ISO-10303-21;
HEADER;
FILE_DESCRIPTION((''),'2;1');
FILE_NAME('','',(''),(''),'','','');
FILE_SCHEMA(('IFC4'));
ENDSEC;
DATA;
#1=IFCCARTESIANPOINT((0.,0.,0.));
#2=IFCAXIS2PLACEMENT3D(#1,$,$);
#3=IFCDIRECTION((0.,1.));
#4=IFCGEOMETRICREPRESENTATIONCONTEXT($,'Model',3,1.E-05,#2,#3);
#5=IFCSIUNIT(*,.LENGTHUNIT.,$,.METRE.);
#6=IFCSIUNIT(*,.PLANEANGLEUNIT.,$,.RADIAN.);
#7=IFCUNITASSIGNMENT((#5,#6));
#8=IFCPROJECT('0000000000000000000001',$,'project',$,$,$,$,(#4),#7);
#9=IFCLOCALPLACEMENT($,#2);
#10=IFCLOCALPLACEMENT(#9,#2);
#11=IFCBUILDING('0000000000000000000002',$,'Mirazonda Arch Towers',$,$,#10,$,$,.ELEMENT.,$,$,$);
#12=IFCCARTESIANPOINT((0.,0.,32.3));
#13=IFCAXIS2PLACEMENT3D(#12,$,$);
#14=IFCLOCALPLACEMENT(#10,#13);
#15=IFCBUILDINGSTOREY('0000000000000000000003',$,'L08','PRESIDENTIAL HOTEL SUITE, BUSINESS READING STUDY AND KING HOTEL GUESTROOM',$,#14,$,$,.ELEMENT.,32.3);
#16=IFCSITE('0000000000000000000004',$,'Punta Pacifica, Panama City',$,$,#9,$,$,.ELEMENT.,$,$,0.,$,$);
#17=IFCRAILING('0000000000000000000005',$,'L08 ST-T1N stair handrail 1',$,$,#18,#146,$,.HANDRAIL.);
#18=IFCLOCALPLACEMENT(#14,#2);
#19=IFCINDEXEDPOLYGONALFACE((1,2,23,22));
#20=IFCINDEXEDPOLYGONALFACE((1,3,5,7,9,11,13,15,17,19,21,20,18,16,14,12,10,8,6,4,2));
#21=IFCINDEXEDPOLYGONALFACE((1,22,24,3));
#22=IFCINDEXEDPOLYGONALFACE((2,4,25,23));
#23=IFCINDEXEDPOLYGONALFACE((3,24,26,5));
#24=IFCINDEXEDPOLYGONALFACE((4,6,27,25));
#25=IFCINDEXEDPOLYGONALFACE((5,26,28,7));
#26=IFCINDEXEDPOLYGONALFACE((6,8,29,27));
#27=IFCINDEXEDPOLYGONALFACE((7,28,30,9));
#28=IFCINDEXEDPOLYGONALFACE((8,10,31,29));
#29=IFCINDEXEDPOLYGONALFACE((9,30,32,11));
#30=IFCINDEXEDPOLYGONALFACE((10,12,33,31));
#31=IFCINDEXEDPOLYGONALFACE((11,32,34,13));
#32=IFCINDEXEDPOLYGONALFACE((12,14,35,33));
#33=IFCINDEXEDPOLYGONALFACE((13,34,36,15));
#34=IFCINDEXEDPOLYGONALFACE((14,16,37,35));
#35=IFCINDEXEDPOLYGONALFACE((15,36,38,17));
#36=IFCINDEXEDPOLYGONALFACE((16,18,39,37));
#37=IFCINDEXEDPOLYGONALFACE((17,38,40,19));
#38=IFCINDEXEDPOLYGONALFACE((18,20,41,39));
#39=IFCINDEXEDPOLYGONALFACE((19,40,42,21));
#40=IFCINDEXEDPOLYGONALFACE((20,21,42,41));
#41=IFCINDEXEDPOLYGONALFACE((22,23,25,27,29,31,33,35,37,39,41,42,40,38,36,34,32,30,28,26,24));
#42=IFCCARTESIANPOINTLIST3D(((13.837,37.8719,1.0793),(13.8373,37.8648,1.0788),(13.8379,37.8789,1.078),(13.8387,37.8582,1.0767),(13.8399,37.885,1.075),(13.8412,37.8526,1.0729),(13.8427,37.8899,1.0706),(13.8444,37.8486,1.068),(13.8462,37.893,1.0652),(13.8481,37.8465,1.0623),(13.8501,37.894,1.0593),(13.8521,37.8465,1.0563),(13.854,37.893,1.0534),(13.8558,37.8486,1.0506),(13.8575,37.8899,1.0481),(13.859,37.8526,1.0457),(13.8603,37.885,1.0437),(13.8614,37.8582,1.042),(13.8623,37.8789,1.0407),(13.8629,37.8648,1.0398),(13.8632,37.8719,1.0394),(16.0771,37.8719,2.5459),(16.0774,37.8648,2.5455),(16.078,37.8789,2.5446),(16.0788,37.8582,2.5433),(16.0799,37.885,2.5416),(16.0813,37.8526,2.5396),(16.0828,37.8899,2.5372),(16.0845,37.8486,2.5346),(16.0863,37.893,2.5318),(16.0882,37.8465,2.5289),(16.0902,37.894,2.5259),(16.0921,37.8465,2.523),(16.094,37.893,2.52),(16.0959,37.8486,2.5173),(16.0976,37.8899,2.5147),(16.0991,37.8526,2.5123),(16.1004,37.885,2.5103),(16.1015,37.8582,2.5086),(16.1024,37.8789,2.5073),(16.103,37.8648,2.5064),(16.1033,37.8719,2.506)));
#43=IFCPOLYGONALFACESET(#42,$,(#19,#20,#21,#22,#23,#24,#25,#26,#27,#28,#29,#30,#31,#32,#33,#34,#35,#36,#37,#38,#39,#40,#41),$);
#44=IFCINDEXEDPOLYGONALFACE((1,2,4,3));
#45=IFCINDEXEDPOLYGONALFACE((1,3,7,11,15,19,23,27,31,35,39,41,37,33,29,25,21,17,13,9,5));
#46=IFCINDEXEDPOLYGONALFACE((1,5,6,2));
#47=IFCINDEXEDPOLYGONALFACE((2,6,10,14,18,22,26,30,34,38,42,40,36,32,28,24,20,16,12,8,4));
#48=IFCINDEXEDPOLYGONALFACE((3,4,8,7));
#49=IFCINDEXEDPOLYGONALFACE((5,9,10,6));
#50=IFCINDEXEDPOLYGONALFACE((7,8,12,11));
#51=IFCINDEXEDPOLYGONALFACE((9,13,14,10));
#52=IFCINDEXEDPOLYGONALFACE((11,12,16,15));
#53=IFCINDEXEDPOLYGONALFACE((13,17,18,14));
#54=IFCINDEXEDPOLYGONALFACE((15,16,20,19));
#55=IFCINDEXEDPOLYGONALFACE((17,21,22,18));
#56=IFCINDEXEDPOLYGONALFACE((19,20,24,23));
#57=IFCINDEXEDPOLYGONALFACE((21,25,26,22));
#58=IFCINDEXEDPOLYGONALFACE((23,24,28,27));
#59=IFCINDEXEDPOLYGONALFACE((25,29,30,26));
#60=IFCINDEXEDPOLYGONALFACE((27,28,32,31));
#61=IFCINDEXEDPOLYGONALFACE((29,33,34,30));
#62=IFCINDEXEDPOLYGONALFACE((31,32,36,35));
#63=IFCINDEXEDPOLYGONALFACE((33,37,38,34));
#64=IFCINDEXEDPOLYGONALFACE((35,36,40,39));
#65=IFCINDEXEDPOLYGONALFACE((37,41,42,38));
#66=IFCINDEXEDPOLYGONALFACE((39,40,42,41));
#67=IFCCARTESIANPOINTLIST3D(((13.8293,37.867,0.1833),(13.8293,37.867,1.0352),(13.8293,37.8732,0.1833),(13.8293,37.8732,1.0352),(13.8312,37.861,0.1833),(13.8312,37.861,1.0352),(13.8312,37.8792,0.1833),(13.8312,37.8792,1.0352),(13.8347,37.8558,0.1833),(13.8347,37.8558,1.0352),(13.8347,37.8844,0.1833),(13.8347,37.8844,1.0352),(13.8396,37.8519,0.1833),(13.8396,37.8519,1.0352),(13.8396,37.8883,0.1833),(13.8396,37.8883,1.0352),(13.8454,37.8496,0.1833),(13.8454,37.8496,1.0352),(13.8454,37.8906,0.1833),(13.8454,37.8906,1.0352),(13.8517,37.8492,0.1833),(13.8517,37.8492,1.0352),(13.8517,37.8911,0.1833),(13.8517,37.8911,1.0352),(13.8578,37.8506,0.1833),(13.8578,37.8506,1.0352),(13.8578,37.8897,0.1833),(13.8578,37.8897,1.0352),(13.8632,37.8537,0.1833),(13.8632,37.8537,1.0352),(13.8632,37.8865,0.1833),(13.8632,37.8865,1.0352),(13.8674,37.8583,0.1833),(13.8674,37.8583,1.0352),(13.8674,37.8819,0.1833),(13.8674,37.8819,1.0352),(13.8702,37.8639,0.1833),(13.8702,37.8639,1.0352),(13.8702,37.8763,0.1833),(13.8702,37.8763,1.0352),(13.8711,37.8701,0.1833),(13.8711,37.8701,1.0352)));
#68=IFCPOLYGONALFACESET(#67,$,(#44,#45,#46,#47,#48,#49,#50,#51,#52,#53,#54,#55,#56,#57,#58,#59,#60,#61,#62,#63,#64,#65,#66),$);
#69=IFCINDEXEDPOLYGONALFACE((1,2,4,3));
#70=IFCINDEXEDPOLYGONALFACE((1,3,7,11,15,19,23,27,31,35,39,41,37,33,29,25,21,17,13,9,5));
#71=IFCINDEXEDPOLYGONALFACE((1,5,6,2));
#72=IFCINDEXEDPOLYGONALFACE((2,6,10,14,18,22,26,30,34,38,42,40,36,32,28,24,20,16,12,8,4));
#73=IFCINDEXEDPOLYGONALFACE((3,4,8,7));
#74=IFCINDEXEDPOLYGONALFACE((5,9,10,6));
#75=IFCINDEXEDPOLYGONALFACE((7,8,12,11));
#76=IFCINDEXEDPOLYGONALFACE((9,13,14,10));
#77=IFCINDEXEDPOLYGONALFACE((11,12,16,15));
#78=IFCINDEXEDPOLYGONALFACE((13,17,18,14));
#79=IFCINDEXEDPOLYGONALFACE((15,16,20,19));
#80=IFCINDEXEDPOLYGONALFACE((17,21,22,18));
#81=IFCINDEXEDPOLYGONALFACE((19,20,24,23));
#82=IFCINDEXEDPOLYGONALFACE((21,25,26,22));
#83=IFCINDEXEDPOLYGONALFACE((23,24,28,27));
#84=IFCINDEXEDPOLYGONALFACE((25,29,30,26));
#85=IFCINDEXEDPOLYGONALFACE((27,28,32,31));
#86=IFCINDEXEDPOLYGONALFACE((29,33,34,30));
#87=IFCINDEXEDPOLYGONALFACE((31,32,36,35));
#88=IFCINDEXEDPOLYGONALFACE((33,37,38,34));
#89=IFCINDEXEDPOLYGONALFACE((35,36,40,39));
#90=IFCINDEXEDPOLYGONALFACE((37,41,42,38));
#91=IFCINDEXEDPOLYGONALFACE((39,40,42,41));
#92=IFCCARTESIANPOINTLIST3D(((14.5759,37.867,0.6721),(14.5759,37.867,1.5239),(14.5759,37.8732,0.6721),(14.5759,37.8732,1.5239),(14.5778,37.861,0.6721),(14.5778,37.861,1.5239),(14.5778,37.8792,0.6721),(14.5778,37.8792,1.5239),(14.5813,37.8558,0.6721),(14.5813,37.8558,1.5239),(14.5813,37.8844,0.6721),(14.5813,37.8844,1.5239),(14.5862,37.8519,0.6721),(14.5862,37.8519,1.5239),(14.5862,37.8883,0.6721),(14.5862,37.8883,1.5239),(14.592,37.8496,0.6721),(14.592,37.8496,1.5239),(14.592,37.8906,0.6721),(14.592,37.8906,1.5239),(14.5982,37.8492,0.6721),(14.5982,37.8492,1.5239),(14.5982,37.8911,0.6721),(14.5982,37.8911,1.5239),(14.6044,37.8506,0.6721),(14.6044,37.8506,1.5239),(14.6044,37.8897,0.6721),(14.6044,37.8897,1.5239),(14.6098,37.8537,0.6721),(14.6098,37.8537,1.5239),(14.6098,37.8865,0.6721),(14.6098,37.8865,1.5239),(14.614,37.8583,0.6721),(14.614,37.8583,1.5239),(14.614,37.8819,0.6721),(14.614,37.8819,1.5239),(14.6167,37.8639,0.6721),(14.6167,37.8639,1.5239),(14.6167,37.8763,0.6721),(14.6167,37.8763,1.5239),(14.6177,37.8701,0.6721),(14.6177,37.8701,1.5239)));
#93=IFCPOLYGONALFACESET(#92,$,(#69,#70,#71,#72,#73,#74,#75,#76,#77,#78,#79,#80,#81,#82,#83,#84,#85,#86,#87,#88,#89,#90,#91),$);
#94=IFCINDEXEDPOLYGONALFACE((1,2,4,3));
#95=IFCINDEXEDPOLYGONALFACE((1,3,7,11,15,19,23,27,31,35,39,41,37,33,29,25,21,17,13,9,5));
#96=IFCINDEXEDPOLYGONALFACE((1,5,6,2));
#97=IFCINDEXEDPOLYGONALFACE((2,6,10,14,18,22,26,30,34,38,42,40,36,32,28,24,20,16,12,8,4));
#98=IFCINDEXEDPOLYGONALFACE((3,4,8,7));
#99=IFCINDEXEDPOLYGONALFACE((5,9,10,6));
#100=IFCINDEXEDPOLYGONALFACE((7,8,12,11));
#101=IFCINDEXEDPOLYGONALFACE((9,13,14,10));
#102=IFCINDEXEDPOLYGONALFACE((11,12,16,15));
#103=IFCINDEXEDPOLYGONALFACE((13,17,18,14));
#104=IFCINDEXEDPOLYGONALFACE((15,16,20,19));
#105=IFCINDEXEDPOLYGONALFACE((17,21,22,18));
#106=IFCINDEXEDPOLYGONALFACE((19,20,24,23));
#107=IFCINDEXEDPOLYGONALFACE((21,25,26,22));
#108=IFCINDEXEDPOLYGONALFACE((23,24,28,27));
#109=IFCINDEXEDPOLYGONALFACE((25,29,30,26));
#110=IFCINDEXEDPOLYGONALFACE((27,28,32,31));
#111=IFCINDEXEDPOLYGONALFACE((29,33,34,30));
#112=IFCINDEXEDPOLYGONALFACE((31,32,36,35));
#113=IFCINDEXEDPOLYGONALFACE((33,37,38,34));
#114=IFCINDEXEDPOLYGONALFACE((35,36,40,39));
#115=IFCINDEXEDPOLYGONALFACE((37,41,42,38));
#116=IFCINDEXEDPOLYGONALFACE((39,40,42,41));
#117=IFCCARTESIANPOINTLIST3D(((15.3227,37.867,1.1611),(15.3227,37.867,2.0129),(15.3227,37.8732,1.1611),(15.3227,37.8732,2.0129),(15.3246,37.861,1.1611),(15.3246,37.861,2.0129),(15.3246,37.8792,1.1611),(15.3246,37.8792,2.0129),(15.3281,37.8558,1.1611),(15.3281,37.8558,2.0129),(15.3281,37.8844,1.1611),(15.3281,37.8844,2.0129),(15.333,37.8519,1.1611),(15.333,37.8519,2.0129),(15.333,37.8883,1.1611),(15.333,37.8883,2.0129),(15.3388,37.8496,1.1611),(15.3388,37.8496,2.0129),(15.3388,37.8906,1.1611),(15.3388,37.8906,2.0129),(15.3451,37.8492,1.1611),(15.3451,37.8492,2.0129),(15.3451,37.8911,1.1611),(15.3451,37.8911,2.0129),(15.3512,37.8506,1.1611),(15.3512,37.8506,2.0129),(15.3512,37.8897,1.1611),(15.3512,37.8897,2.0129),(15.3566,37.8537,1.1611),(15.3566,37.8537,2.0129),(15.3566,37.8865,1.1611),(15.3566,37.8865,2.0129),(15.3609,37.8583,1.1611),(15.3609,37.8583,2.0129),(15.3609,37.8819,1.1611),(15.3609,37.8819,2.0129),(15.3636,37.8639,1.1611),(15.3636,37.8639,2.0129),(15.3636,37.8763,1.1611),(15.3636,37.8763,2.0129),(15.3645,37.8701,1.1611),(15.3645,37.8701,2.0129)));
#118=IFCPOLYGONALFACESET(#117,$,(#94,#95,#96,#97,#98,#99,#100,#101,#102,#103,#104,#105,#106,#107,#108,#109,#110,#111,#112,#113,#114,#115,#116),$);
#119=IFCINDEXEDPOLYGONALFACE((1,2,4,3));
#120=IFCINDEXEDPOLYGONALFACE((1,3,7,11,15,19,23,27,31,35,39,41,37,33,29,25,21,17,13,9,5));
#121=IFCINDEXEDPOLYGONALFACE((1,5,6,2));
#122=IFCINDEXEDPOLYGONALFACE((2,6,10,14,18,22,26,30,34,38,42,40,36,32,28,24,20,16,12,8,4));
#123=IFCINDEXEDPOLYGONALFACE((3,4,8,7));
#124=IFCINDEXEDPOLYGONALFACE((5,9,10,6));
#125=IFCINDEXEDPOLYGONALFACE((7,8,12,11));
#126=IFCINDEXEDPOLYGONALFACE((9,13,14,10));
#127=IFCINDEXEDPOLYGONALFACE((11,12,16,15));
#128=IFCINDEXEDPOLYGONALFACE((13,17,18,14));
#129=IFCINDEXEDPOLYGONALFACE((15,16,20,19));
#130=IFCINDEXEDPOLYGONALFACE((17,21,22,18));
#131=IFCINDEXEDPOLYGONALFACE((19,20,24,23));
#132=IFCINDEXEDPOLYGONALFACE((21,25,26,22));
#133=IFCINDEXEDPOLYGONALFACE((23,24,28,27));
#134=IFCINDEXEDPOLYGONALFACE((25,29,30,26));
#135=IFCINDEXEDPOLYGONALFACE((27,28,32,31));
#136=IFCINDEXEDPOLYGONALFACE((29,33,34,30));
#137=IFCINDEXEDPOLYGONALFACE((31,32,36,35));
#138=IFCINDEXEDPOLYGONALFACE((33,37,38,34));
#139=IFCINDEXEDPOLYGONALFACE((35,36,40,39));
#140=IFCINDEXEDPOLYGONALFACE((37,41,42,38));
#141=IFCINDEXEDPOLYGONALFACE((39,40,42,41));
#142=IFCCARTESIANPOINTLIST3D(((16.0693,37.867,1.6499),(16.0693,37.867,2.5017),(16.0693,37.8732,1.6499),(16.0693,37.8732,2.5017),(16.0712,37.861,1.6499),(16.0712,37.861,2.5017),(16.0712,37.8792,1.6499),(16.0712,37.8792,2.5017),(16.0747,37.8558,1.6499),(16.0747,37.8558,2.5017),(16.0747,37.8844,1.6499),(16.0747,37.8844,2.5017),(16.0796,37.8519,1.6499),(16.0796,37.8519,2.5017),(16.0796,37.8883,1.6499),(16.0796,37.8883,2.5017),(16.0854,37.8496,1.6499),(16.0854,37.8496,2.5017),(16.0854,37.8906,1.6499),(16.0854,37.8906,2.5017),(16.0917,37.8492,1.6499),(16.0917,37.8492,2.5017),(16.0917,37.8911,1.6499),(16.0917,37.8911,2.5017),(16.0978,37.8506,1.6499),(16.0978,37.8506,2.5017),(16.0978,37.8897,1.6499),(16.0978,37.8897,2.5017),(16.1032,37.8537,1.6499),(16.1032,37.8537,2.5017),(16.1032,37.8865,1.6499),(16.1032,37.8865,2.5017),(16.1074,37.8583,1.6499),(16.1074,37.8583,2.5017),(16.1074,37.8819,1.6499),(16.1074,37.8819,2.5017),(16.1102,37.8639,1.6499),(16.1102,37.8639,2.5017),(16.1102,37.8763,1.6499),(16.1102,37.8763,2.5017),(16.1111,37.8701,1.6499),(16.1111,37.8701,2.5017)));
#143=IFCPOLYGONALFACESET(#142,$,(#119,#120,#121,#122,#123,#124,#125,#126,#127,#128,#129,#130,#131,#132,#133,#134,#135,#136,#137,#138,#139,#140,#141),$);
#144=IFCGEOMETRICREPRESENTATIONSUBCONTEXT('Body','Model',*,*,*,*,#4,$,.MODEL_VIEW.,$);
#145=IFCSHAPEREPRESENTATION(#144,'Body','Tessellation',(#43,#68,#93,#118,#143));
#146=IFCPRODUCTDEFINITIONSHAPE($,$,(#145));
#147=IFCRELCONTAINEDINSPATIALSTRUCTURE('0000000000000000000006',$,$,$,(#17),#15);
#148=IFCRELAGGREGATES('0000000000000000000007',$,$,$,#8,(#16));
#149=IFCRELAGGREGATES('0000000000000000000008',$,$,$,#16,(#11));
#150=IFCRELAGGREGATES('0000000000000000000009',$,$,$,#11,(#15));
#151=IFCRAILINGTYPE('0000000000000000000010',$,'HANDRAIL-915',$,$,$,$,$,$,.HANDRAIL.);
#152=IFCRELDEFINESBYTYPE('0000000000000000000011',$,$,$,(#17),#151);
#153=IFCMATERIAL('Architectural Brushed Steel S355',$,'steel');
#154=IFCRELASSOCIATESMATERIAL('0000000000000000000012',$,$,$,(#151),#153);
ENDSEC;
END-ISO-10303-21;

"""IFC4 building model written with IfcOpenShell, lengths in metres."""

from ifc_helpers import new_model, si_unit, direction, frame, origin, origin_2d, place, context, subcontext, project, spatial, circle, extrude, material, type_object, element, save


model = new_model("IFC4")

# Units and contexts
model_context = context("Model", 3, precision=1e-05, world=origin(), true_north=direction((0.0, 1.0)))
body_context = subcontext(model_context, "Body", "Model", "MODEL_VIEW")
ifc_project = project(units=[si_unit("LENGTHUNIT", "METRE"), si_unit("PLANEANGLEUNIT", "RADIAN")], contexts=[model_context])

# Site, building, storey
site_placement = place(None, origin())
site = spatial("IfcSite", under=ifc_project, at=site_placement, Name="Punta Pacifica, Panama City", CompositionType="ELEMENT", RefElevation=0.0)
building_placement = place(site_placement, origin())
building = spatial("IfcBuilding", under=site, at=building_placement, Name="Mirazonda Arch Towers", CompositionType="ELEMENT")
storey_placement = place(building_placement, frame((0.0, 0.0, 32.3)))
storey = spatial("IfcBuildingStorey", under=building, at=storey_placement, Name="L08", Description="PRESIDENTIAL HOTEL SUITE, BUSINESS READING STUDY AND KING HOTEL GUESTROOM", CompositionType="ELEMENT", Elevation=32.3)

# Shared definitions
ifc_material_1 = material(Name="Architectural Brushed Steel S355", Category="steel")

# Railing
railing_type_1 = type_object("IfcRailingType", Name="HANDRAIL-915", PredefinedType="HANDRAIL", material=ifc_material_1)
railing_1_placement = place(storey_placement, frame((13.8501, 37.8701, 0.1833)))
element("IfcRailing", 1, at=railing_1_placement, inside=storey, type_object=railing_type_1, Name="L08 ST-T1N stair handrail 1", PredefinedType="HANDRAIL", context=body_context, shape_type="SweptSolid", body=[
    extrude(circle(Radius=0.0239, at=origin_2d()), frame((0.0, 0.0, 0.876), z_axis=(0.836637, 0.0, 0.547758), x_axis=(0.0, 1.0, 0.0)), (0.0, 0.0, 1.0), 2.6775),
    extrude(circle(Radius=0.021, at=origin_2d()), origin(), (0.0, 0.0, 1.0), 0.8518),
    extrude(circle(Radius=0.021, at=origin_2d()), frame((0.7466, 0.0, 0.4888)), (0.0, 0.0, 1.0), 0.8518),
    extrude(circle(Radius=0.021, at=origin_2d()), frame((1.4934, 0.0, 0.9778)), (0.0, 0.0, 1.0), 0.8518),
    extrude(circle(Radius=0.021, at=origin_2d()), frame((2.24, 0.0, 1.4666)), (0.0, 0.0, 1.0), 0.8518),
])

save(model, "model.ifc")
